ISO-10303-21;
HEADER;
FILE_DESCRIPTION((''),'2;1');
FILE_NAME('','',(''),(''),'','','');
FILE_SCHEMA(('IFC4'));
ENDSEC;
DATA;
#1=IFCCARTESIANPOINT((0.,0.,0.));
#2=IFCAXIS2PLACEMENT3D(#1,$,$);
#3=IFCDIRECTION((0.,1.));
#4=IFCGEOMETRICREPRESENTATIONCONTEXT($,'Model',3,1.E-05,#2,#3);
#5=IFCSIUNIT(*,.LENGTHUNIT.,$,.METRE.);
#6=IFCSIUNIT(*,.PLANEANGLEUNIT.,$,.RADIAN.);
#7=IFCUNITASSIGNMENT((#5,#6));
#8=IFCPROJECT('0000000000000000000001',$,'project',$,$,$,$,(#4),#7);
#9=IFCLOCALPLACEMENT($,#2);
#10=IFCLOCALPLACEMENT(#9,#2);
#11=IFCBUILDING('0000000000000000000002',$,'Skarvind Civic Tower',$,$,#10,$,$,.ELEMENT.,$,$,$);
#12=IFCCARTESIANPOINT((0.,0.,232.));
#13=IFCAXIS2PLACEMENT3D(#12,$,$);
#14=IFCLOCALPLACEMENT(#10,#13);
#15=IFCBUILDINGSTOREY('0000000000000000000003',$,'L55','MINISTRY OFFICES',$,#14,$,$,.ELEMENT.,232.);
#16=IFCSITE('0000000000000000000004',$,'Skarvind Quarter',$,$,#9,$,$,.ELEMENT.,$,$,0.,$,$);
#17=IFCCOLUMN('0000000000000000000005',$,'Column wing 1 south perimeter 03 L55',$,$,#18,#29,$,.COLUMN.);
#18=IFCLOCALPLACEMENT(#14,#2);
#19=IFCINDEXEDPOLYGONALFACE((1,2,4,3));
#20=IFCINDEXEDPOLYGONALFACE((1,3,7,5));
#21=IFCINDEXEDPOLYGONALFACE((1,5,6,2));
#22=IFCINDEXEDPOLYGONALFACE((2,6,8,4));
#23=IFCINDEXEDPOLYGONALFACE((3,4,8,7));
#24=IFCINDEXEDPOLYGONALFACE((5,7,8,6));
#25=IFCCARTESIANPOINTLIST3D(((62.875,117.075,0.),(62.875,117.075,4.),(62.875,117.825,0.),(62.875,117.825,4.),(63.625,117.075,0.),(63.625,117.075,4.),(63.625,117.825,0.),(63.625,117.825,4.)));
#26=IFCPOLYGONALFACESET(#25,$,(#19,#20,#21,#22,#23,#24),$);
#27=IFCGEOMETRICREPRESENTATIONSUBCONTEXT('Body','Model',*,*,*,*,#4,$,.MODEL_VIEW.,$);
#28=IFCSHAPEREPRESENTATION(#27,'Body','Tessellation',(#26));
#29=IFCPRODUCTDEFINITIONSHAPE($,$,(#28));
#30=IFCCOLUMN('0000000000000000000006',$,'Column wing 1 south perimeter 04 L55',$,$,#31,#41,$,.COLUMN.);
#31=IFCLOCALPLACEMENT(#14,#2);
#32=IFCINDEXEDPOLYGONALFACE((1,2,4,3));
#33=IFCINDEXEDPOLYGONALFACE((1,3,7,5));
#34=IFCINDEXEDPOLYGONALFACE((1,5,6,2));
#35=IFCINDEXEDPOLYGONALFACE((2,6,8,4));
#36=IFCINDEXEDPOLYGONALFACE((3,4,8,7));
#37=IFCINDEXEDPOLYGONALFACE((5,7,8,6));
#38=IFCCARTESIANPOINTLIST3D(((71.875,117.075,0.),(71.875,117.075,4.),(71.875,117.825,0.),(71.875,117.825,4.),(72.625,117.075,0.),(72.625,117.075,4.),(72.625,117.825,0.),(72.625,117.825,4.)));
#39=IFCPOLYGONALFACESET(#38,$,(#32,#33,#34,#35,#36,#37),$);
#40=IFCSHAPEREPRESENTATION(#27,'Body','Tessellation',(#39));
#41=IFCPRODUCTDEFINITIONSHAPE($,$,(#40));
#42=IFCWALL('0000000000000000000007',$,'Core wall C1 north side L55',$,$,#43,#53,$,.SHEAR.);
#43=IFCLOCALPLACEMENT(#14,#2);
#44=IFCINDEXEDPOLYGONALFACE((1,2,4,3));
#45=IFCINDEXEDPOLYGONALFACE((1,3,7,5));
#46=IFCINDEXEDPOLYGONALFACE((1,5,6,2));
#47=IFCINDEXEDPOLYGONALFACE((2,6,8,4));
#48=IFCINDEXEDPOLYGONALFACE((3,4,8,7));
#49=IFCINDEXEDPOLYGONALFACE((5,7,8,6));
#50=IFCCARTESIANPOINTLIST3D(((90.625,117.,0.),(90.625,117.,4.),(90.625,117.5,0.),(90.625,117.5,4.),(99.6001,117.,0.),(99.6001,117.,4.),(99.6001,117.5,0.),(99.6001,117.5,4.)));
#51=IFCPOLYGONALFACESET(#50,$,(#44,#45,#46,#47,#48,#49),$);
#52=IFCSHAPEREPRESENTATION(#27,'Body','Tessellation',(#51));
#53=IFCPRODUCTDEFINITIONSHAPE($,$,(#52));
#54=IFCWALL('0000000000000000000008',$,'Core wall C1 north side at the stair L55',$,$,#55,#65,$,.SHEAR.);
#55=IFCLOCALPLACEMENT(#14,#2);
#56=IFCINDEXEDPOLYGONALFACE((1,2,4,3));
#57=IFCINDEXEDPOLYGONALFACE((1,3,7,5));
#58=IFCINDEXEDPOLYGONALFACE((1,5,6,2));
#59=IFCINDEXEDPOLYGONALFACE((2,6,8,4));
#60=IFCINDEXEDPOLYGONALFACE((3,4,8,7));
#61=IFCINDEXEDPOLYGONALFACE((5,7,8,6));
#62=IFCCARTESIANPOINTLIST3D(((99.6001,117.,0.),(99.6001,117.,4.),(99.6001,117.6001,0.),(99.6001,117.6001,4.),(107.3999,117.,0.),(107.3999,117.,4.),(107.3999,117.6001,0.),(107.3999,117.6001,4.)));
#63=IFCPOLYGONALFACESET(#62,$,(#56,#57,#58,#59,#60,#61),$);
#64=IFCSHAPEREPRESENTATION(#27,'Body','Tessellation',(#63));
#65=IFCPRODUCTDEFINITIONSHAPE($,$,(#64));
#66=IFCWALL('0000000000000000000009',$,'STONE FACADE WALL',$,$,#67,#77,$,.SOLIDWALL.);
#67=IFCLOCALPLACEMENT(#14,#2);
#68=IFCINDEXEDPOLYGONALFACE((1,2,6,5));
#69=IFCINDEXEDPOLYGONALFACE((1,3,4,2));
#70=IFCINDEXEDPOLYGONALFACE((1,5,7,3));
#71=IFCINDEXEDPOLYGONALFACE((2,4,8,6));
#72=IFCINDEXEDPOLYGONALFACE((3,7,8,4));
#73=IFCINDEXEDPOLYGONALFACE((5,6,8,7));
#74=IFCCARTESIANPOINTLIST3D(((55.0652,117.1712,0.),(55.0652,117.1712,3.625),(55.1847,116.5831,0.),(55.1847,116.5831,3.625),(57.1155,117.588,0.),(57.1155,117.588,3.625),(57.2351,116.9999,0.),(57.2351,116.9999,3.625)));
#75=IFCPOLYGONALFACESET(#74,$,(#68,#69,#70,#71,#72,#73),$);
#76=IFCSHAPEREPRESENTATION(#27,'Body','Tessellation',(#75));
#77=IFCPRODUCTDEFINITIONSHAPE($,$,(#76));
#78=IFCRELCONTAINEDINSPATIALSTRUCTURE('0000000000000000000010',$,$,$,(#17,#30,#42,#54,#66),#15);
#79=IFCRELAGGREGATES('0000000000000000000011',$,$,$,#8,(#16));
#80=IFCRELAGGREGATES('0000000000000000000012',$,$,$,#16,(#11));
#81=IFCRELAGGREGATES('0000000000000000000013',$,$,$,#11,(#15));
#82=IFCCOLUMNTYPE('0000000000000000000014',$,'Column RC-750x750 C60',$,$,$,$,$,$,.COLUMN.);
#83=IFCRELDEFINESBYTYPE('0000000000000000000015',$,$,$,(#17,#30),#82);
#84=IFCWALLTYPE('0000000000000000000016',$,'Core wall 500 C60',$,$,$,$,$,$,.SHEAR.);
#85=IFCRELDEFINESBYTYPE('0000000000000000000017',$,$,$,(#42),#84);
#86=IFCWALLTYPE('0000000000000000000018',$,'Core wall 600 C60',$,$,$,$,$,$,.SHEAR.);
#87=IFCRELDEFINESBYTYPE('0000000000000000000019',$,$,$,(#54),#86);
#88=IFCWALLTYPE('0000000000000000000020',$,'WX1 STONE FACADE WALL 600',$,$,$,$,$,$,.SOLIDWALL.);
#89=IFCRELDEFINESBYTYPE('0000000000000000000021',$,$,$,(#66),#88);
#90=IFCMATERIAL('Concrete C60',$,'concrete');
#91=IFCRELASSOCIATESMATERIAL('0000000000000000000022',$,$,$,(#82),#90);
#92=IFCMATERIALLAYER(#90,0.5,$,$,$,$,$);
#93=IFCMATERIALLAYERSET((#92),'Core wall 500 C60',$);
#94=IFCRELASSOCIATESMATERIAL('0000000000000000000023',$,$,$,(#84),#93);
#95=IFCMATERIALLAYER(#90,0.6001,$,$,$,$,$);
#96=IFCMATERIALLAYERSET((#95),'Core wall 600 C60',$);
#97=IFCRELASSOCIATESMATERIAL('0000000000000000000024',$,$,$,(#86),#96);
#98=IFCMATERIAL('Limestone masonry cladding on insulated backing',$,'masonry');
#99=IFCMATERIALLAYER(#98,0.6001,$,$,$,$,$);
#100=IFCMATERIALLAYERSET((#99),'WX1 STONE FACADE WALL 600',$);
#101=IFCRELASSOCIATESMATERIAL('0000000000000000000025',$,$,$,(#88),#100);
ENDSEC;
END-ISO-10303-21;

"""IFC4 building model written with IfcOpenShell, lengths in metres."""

from ifc_helpers import new_model, si_unit, direction, frame, frame_2d, origin, origin_2d, place, context, subcontext, project, spatial, rectangle, extrude, material, layer, layer_set, material_profile, profile_set, type_object, element, save


model = new_model("IFC4")

# Units and contexts
model_context = context("Model", 3, precision=1e-05, world=origin(), true_north=direction((0.0, 1.0)))
body_context = subcontext(model_context, "Body", "Model", "MODEL_VIEW")
ifc_project = project(units=[si_unit("LENGTHUNIT", "METRE"), si_unit("PLANEANGLEUNIT", "RADIAN")], contexts=[model_context])

# Site, building, storey
site_placement = place(None, origin())
site = spatial("IfcSite", under=ifc_project, at=site_placement, Name="Skarvind Quarter", CompositionType="ELEMENT", RefElevation=0.0)
building_placement = place(site_placement, origin())
building = spatial("IfcBuilding", under=site, at=building_placement, Name="Skarvind Civic Tower", CompositionType="ELEMENT")
storey_placement = place(building_placement, frame((0.0, 0.0, 232.0)))
storey = spatial("IfcBuildingStorey", under=building, at=storey_placement, Name="L55", Description="MINISTRY OFFICES", CompositionType="ELEMENT", Elevation=232.0)

# Columns
ifc_material_1 = material(Name="Concrete C60", Category="concrete")
ifc_material_profile_1 = material_profile(ifc_material_1, rectangle(XDim=0.75, YDim=0.75, at=origin_2d()), Name="RC-750x750")
ifc_profile_set_1 = profile_set([ifc_material_profile_1], Name="Concrete C60")
column_type = type_object("IfcColumnType", Name="Column RC-750x750 C60", PredefinedType="COLUMN", material=ifc_profile_set_1)
for number, where, z_axis, x_axis, name in (
    (1, (63.25, 117.45, 0.0), (0.0, 0.0, 1.0), (1.0, 0.0, 0.0), "Column wing 1 south perimeter 03 L55"),
    (2, (72.25, 117.45, 0.0), (0.0, 0.0, 1.0), (1.0, 0.0, 0.0), "Column wing 1 south perimeter 04 L55"),
):
    element("IfcColumn", number, at=place(storey_placement, frame(where, z_axis=z_axis, x_axis=x_axis)), inside=storey, type_object=column_type, Name=name, PredefinedType="COLUMN", context=body_context, shape_type="SweptSolid", body=[
        extrude(rectangle(XDim=0.75, YDim=0.75, at=origin_2d()), origin(), (0.0, 0.0, 1.0), 4.0),
    ])

# Walls
ifc_layer_1 = layer(ifc_material_1, 0.5)
ifc_layer_set_1 = layer_set([ifc_layer_1], Name="Core wall 500 C60")
wall_type_1 = type_object("IfcWallType", Name="Core wall 500 C60", PredefinedType="SHEAR", material=ifc_layer_set_1)
wall_1_placement = place(storey_placement, frame((99.6001, 117.25, 0.0), z_axis=(0.0, 0.0, 1.0), x_axis=(-1.0, 0.0, 0.0)))
element("IfcWall", 3, at=wall_1_placement, inside=storey, type_object=wall_type_1, Name="Core wall C1 north side L55", PredefinedType="SHEAR", context=body_context, shape_type="SweptSolid", body=[
    extrude(rectangle(XDim=8.9751, YDim=0.5, at=frame_2d((4.4875, 0.0))), origin(), (0.0, 0.0, 1.0), 4.0),
])
ifc_layer_2 = layer(ifc_material_1, 0.6001)
ifc_layer_set_2 = layer_set([ifc_layer_2], Name="Core wall 600 C60")
wall_type_2 = type_object("IfcWallType", Name="Core wall 600 C60", PredefinedType="SHEAR", material=ifc_layer_set_2)
wall_2_placement = place(storey_placement, frame((107.3999, 117.3, 0.0), z_axis=(0.0, 0.0, 1.0), x_axis=(-1.0, 0.0, 0.0)))
element("IfcWall", 4, at=wall_2_placement, inside=storey, type_object=wall_type_2, Name="Core wall C1 north side at the stair L55", PredefinedType="SHEAR", context=body_context, shape_type="SweptSolid", body=[
    extrude(rectangle(XDim=7.7998, YDim=0.6001, at=frame_2d((3.8999, 0.0))), origin(), (0.0, 0.0, 1.0), 4.0),
])
ifc_material_2 = material(Name="Limestone masonry cladding on insulated backing", Category="masonry")
ifc_layer_3 = layer(ifc_material_2, 0.6001)
ifc_layer_set_3 = layer_set([ifc_layer_3], Name="WX1 STONE FACADE WALL 600")
wall_type_3 = type_object("IfcWallType", Name="WX1 STONE FACADE WALL 600", PredefinedType="SOLIDWALL", material=ifc_layer_set_3)
wall_3_placement = place(storey_placement, frame((57.1753, 117.2939, 0.0), z_axis=(0.0, 0.0, 1.0), x_axis=(-0.979961, -0.199189, 0.0)))
element("IfcWall", 5, at=wall_3_placement, inside=storey, type_object=wall_type_3, Name="STONE FACADE WALL", PredefinedType="SOLIDWALL", context=body_context, shape_type="SweptSolid", body=[
    extrude(rectangle(XDim=2.0923, YDim=0.6001, at=frame_2d((1.0461, 0.0))), origin(), (0.0, 0.0, 1.0), 3.625),
])

save(model, "model.ifc")
